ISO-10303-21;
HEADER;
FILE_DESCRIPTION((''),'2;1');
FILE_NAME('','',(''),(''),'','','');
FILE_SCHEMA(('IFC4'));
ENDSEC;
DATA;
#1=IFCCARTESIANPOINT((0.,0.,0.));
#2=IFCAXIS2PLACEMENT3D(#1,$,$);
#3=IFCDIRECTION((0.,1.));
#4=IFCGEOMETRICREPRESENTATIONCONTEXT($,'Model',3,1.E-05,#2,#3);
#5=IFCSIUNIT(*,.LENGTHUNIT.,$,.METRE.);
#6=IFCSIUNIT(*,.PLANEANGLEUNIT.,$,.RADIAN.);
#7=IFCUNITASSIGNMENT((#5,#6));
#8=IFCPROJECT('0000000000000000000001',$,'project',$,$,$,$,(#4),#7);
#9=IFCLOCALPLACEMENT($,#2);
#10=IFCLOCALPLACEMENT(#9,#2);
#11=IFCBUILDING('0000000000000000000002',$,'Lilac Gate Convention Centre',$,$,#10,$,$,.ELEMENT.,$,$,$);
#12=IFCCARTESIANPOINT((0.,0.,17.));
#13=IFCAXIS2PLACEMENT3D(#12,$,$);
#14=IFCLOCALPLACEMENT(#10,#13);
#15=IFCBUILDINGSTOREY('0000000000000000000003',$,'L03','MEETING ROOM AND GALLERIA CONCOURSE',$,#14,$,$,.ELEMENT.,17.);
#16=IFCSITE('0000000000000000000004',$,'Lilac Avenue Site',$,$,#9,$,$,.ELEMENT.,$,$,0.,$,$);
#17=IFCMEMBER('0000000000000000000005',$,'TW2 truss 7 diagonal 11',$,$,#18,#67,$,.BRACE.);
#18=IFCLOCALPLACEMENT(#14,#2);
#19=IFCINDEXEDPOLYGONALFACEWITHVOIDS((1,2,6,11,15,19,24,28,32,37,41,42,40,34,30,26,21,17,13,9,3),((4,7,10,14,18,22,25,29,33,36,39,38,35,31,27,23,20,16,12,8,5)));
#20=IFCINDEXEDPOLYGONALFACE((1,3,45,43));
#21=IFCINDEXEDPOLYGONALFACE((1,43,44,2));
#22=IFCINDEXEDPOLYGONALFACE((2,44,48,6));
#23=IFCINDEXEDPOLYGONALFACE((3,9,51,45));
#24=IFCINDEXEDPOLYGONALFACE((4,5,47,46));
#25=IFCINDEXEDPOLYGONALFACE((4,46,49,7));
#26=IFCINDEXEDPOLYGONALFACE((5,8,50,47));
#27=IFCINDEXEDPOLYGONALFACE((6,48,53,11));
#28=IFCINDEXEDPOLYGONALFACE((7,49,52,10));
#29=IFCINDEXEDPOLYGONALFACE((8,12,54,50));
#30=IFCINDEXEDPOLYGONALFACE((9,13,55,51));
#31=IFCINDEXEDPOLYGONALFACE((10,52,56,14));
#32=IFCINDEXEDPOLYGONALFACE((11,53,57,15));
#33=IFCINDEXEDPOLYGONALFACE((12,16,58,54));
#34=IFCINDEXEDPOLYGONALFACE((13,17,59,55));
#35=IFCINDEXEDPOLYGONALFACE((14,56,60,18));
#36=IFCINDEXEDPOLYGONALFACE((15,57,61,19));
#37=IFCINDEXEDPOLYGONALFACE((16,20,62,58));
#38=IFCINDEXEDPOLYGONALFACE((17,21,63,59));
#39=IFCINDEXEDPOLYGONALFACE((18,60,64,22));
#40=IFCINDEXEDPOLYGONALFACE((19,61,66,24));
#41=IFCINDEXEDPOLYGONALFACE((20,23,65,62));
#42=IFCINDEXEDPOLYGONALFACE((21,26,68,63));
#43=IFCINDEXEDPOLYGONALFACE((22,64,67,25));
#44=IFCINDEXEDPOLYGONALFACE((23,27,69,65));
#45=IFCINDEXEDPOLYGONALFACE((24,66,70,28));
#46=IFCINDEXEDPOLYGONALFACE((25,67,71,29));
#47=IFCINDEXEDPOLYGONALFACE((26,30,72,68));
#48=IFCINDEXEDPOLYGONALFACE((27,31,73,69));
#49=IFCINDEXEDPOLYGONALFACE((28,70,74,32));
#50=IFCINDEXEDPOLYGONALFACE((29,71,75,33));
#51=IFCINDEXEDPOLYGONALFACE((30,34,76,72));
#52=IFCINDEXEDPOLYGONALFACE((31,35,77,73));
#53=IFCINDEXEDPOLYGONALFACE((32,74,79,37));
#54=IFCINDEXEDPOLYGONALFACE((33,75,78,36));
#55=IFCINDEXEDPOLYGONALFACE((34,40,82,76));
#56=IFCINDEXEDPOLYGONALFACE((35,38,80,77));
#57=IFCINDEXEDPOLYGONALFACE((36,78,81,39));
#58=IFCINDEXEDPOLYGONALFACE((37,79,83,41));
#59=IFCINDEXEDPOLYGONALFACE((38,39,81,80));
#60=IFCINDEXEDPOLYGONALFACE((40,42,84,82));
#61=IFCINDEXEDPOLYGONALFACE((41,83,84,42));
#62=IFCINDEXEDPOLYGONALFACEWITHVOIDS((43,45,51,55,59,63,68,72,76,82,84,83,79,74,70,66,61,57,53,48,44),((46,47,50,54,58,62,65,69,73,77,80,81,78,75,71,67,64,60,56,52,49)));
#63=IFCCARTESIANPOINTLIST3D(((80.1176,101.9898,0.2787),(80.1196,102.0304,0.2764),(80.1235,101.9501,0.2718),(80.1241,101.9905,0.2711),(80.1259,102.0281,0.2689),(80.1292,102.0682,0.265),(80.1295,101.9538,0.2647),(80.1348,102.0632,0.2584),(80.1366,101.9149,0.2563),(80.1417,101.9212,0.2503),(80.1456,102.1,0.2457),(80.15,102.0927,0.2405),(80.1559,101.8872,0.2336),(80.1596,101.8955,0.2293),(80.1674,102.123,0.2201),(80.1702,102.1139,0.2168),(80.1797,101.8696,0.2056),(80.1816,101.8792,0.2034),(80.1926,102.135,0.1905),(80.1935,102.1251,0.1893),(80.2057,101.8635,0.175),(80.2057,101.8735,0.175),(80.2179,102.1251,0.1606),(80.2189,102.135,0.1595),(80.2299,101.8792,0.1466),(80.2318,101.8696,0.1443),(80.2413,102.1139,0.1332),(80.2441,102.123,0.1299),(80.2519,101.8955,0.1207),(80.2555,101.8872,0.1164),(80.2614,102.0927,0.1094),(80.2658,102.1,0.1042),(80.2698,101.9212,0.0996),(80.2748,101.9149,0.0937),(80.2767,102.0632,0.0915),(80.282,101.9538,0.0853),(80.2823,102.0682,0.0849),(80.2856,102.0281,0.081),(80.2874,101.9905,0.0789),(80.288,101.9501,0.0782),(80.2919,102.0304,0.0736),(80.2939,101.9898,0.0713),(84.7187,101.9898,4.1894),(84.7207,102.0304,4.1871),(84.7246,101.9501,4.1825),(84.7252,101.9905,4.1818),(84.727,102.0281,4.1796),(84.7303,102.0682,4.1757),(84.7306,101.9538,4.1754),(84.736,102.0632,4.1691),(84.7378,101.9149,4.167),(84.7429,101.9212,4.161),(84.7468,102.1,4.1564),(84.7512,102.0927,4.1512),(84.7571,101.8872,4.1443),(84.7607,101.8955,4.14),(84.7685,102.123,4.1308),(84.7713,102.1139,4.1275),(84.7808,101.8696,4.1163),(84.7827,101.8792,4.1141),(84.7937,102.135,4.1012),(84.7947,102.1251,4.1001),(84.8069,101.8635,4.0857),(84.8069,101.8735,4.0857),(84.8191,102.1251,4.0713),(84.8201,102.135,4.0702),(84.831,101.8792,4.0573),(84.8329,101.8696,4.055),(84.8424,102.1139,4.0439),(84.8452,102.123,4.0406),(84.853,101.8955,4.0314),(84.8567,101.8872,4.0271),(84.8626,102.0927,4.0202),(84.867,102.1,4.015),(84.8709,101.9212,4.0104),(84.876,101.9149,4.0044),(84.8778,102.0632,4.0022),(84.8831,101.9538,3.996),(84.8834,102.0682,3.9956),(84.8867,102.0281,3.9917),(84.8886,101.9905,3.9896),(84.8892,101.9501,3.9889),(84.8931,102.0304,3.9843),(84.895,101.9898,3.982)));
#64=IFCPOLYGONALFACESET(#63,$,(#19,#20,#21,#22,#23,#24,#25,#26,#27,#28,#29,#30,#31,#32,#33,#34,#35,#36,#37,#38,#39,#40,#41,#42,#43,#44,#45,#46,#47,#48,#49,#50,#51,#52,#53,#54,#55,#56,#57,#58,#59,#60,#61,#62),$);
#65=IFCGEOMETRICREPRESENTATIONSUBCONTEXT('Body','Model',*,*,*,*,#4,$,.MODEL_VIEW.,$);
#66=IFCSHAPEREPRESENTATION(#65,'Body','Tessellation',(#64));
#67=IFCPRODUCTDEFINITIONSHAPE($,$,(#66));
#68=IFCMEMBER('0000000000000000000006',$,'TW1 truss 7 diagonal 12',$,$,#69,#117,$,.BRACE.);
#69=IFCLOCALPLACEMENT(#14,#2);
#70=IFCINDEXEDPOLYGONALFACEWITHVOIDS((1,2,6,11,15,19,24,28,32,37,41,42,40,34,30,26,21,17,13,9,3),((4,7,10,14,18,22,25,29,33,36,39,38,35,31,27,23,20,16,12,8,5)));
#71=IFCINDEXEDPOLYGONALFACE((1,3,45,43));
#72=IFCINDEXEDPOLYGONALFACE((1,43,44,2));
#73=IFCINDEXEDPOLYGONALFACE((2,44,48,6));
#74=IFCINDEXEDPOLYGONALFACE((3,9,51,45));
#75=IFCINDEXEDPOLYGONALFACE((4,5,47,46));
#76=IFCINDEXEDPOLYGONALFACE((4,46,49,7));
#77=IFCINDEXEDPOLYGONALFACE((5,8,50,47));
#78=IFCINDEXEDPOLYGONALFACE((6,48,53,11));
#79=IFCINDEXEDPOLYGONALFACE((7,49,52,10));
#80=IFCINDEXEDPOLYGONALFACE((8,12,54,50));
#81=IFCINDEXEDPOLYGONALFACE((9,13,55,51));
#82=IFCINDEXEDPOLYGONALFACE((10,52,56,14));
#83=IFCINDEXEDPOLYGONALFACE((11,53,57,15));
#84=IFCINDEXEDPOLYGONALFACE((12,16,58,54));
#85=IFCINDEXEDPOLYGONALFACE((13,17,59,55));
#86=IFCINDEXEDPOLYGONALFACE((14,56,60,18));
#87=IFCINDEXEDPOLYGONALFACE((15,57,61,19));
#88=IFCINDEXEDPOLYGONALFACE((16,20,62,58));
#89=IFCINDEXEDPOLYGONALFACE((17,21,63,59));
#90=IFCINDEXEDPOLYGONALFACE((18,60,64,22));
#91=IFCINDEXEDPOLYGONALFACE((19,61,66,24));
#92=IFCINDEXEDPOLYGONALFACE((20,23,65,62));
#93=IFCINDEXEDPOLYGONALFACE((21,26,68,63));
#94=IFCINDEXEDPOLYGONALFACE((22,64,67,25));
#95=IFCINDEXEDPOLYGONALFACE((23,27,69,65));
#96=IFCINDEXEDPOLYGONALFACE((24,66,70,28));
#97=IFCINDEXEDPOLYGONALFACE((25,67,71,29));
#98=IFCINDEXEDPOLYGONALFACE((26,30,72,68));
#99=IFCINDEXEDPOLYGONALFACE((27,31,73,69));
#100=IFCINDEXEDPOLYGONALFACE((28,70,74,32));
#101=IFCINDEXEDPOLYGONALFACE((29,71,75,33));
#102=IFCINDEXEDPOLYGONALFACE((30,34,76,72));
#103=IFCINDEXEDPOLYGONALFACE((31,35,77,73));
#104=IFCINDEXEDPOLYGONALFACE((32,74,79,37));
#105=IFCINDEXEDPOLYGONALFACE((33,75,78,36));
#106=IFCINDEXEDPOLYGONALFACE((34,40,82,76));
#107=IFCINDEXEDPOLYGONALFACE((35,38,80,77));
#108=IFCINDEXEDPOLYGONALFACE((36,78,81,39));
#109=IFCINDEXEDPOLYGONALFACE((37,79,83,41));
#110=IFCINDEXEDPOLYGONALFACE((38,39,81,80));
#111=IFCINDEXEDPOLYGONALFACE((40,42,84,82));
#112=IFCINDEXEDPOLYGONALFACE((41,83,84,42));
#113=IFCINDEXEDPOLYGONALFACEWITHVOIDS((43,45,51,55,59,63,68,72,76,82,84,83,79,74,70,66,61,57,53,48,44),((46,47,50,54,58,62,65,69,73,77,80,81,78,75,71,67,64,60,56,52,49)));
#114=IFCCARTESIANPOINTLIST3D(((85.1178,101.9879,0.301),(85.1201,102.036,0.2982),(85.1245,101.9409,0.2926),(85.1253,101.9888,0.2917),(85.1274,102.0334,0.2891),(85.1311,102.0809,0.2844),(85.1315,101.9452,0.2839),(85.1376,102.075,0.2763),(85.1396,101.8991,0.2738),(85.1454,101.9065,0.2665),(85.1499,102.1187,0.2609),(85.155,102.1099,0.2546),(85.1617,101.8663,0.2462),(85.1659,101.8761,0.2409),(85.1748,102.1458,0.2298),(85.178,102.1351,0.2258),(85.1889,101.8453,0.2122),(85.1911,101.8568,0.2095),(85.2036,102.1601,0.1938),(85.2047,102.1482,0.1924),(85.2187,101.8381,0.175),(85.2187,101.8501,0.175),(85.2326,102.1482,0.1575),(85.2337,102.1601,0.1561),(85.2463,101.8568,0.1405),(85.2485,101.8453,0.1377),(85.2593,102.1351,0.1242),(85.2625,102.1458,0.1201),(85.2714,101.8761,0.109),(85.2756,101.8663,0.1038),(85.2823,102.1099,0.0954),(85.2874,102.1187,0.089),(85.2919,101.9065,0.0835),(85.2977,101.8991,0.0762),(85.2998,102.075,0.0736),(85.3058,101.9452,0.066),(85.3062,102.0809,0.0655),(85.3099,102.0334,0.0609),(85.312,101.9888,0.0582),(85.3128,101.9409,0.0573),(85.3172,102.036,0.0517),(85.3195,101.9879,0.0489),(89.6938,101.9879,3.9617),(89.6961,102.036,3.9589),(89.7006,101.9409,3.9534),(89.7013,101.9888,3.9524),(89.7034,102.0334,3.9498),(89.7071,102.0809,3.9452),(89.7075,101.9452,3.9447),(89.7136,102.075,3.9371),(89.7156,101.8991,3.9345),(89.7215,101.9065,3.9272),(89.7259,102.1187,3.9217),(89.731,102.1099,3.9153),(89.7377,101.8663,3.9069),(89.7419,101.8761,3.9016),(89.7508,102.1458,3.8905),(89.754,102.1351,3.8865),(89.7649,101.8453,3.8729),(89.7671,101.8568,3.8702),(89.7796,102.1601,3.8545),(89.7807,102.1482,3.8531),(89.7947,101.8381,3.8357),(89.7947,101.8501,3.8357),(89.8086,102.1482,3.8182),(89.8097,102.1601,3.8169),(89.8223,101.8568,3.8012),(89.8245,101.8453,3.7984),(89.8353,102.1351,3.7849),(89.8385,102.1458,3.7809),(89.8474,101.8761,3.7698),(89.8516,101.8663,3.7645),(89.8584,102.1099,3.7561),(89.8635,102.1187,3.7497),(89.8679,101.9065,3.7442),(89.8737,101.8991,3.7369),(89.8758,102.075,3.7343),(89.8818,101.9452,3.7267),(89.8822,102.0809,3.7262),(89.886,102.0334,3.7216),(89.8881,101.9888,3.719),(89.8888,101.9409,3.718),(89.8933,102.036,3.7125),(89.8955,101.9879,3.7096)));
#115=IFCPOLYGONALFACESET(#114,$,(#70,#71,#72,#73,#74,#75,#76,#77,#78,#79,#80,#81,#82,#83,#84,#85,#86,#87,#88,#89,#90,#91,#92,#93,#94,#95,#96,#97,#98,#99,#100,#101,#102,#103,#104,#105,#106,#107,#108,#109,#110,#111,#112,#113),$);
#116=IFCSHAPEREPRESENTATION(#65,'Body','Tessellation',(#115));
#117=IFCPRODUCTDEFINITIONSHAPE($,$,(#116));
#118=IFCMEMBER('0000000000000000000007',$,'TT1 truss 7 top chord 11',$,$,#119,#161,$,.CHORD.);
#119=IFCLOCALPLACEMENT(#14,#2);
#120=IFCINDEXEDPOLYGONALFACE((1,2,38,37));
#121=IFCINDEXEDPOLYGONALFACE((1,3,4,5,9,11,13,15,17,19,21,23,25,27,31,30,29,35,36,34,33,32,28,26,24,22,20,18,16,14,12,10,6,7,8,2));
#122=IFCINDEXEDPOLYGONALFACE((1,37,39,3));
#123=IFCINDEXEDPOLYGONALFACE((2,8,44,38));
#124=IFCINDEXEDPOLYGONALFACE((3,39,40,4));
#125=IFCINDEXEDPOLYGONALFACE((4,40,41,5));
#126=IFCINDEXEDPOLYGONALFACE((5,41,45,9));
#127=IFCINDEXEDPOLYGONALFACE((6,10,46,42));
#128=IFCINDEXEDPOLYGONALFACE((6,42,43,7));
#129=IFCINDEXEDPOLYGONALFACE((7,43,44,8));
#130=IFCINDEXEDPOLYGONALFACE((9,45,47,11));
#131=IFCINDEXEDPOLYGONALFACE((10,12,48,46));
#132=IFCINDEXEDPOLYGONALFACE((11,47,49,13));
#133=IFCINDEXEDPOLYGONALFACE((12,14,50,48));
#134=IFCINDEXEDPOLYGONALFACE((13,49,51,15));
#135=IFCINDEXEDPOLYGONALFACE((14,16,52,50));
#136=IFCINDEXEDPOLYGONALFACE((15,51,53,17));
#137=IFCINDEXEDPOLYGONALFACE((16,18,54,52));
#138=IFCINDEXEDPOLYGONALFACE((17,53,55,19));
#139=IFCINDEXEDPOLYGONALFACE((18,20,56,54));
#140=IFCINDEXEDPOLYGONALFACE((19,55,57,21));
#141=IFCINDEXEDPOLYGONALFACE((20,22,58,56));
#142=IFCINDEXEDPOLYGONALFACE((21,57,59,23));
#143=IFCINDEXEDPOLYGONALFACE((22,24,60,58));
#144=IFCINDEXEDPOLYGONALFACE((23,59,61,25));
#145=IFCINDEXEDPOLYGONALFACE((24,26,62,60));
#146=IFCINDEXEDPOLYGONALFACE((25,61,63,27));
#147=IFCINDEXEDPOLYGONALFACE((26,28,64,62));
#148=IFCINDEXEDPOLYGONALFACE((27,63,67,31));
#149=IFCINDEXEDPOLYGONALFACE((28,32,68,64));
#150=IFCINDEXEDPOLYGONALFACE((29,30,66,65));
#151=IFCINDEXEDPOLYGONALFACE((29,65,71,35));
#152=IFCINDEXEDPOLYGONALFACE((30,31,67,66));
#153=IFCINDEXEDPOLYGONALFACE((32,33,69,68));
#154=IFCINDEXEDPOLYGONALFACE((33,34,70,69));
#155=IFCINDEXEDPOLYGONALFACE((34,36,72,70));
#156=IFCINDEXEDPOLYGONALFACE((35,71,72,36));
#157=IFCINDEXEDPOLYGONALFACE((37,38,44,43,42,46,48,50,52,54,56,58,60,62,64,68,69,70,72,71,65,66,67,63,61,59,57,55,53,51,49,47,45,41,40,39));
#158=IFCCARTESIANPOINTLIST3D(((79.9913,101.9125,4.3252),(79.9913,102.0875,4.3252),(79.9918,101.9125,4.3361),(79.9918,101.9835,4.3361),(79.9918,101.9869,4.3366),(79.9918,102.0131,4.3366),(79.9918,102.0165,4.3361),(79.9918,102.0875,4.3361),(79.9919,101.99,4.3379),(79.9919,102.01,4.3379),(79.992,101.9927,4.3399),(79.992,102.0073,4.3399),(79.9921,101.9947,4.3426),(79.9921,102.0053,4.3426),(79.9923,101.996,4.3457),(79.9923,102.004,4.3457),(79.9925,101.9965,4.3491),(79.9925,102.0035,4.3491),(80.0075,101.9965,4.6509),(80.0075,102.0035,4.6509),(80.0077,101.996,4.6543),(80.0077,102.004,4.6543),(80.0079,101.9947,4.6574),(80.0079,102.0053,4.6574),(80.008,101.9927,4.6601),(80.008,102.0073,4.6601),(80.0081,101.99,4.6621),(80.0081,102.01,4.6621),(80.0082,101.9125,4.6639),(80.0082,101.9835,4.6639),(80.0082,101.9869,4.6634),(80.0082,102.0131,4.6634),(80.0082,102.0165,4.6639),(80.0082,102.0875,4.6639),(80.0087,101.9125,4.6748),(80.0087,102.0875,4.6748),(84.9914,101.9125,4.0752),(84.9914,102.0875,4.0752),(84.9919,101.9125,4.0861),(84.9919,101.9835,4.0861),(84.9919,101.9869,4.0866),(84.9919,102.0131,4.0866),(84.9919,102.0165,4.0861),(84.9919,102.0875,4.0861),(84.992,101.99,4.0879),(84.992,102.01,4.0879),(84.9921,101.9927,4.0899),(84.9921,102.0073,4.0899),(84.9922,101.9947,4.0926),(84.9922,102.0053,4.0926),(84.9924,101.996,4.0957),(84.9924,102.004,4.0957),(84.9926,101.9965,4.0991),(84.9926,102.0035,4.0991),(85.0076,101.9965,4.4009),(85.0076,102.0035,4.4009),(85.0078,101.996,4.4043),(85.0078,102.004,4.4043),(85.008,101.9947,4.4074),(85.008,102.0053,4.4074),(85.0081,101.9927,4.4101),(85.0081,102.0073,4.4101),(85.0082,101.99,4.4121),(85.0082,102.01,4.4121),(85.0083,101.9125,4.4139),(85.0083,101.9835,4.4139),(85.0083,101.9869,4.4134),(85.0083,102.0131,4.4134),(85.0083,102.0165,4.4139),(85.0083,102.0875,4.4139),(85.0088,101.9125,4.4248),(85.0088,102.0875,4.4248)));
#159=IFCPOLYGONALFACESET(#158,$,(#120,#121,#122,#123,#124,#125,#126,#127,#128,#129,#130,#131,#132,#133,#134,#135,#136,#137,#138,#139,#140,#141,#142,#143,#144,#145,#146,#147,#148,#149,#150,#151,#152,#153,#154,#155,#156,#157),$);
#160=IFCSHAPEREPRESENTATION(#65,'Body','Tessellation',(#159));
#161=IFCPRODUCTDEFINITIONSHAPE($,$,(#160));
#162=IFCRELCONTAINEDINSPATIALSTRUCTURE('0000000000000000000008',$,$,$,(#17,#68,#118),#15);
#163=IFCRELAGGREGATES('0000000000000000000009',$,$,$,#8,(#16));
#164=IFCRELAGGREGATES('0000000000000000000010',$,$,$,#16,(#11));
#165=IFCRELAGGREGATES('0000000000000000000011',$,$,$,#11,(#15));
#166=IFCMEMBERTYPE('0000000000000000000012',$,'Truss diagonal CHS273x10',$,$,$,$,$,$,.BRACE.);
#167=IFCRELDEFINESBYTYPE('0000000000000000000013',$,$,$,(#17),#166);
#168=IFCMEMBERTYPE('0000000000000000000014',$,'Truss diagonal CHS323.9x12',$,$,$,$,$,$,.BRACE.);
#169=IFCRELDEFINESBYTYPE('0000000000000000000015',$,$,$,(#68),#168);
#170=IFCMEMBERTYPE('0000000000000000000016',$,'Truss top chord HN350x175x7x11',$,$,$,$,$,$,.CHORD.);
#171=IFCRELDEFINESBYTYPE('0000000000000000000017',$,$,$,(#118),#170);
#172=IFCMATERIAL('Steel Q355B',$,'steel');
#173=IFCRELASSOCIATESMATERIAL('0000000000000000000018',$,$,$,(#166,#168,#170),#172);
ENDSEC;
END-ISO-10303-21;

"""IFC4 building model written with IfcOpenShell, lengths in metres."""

from ifc_helpers import new_model, si_unit, direction, frame, origin, origin_2d, place, context, subcontext, project, spatial, hollow_circle, i_section, extrude, material, material_profile, profile_set, type_object, element, save


model = new_model("IFC4")

# Units and contexts
model_context = context("Model", 3, precision=1e-05, world=origin(), true_north=direction((0.0, 1.0)))
body_context = subcontext(model_context, "Body", "Model", "MODEL_VIEW")
ifc_project = project(units=[si_unit("LENGTHUNIT", "METRE"), si_unit("PLANEANGLEUNIT", "RADIAN")], contexts=[model_context])

# Site, building, storey
site_placement = place(None, origin())
site = spatial("IfcSite", under=ifc_project, at=site_placement, Name="Lilac Avenue Site", CompositionType="ELEMENT", RefElevation=0.0)
building_placement = place(site_placement, origin())
building = spatial("IfcBuilding", under=site, at=building_placement, Name="Lilac Gate Convention Centre", CompositionType="ELEMENT")
storey_placement = place(building_placement, frame((0.0, 0.0, 17.0)))
storey = spatial("IfcBuildingStorey", under=building, at=storey_placement, Name="L03", Description="MEETING ROOM AND GALLERIA CONCOURSE", CompositionType="ELEMENT", Elevation=17.0)

# Members
ifc_material_1 = material(Name="Steel Q355B", Category="steel")
ifc_material_profile_1 = material_profile(ifc_material_1, hollow_circle(Radius=0.1365, WallThickness=0.01, at=origin_2d()), Name="CHS273x10")
ifc_profile_set_1 = profile_set([ifc_material_profile_1], Name="Steel Q355B")
member_type_1 = type_object("IfcMemberType", Name="Truss diagonal CHS273x10", PredefinedType="BRACE", material=ifc_profile_set_1)
member_1_placement = place(storey_placement, frame((84.8069, 102.0, 4.0857), z_axis=(-0.761961, 0.0, -0.647623), x_axis=(0.0, -1.0, 0.0)))
element("IfcMember", 1, at=member_1_placement, inside=storey, type_object=member_type_1, Name="TW2 truss 7 diagonal 11", PredefinedType="BRACE", context=body_context, shape_type="SweptSolid", body=[
    extrude(hollow_circle(Radius=0.1365, WallThickness=0.01, at=origin_2d()), origin(), (0.0, 0.0, 1.0), 6.0386),
])
ifc_material_profile_2 = material_profile(ifc_material_1, hollow_circle(Radius=0.1619, WallThickness=0.012, at=origin_2d()), Name="CHS323.9x12")
ifc_profile_set_2 = profile_set([ifc_material_profile_2], Name="Steel Q355B")
member_type_2 = type_object("IfcMemberType", Name="Truss diagonal CHS323.9x12", PredefinedType="BRACE", material=ifc_profile_set_2)
member_2_placement = place(storey_placement, frame((89.7947, 102.0, 3.8357), z_axis=(-0.780877, 0.0, -0.624685), x_axis=(0.0, -1.0, 0.0)))
element("IfcMember", 2, at=member_2_placement, inside=storey, type_object=member_type_2, Name="TW1 truss 7 diagonal 12", PredefinedType="BRACE", context=body_context, shape_type="SweptSolid", body=[
    extrude(hollow_circle(Radius=0.1619, WallThickness=0.012, at=origin_2d()), origin(), (0.0, 0.0, 1.0), 5.8601),
])
ifc_material_profile_3 = material_profile(ifc_material_1, i_section(OverallWidth=0.175, OverallDepth=0.3501, WebThickness=0.0071, FlangeThickness=0.011, FilletRadius=0.0129, at=origin_2d()), Name="HN350x175x7x11")
ifc_profile_set_3 = profile_set([ifc_material_profile_3], Name="Steel Q355B")
member_type_3 = type_object("IfcMemberType", Name="Truss top chord HN350x175x7x11", PredefinedType="CHORD", material=ifc_profile_set_3)
for number, where, z_axis, x_axis, name in (
    (3, (80.0, 102.0, 4.5), (0.998752, 0.0, -0.049938), (0.0, 1.0, 0.0), "TT1 truss 7 top chord 11"),
):
    element("IfcMember", number, at=place(storey_placement, frame(where, z_axis=z_axis, x_axis=x_axis)), inside=storey, type_object=member_type_3, Name=name, PredefinedType="CHORD", context=body_context, shape_type="SweptSolid", body=[
        extrude(i_section(OverallWidth=0.175, OverallDepth=0.3501, WebThickness=0.0071, FlangeThickness=0.011, FilletRadius=0.0129, at=origin_2d()), origin(), (0.0, 0.0, 1.0), 5.0063),
    ])

save(model, "model.ifc")
